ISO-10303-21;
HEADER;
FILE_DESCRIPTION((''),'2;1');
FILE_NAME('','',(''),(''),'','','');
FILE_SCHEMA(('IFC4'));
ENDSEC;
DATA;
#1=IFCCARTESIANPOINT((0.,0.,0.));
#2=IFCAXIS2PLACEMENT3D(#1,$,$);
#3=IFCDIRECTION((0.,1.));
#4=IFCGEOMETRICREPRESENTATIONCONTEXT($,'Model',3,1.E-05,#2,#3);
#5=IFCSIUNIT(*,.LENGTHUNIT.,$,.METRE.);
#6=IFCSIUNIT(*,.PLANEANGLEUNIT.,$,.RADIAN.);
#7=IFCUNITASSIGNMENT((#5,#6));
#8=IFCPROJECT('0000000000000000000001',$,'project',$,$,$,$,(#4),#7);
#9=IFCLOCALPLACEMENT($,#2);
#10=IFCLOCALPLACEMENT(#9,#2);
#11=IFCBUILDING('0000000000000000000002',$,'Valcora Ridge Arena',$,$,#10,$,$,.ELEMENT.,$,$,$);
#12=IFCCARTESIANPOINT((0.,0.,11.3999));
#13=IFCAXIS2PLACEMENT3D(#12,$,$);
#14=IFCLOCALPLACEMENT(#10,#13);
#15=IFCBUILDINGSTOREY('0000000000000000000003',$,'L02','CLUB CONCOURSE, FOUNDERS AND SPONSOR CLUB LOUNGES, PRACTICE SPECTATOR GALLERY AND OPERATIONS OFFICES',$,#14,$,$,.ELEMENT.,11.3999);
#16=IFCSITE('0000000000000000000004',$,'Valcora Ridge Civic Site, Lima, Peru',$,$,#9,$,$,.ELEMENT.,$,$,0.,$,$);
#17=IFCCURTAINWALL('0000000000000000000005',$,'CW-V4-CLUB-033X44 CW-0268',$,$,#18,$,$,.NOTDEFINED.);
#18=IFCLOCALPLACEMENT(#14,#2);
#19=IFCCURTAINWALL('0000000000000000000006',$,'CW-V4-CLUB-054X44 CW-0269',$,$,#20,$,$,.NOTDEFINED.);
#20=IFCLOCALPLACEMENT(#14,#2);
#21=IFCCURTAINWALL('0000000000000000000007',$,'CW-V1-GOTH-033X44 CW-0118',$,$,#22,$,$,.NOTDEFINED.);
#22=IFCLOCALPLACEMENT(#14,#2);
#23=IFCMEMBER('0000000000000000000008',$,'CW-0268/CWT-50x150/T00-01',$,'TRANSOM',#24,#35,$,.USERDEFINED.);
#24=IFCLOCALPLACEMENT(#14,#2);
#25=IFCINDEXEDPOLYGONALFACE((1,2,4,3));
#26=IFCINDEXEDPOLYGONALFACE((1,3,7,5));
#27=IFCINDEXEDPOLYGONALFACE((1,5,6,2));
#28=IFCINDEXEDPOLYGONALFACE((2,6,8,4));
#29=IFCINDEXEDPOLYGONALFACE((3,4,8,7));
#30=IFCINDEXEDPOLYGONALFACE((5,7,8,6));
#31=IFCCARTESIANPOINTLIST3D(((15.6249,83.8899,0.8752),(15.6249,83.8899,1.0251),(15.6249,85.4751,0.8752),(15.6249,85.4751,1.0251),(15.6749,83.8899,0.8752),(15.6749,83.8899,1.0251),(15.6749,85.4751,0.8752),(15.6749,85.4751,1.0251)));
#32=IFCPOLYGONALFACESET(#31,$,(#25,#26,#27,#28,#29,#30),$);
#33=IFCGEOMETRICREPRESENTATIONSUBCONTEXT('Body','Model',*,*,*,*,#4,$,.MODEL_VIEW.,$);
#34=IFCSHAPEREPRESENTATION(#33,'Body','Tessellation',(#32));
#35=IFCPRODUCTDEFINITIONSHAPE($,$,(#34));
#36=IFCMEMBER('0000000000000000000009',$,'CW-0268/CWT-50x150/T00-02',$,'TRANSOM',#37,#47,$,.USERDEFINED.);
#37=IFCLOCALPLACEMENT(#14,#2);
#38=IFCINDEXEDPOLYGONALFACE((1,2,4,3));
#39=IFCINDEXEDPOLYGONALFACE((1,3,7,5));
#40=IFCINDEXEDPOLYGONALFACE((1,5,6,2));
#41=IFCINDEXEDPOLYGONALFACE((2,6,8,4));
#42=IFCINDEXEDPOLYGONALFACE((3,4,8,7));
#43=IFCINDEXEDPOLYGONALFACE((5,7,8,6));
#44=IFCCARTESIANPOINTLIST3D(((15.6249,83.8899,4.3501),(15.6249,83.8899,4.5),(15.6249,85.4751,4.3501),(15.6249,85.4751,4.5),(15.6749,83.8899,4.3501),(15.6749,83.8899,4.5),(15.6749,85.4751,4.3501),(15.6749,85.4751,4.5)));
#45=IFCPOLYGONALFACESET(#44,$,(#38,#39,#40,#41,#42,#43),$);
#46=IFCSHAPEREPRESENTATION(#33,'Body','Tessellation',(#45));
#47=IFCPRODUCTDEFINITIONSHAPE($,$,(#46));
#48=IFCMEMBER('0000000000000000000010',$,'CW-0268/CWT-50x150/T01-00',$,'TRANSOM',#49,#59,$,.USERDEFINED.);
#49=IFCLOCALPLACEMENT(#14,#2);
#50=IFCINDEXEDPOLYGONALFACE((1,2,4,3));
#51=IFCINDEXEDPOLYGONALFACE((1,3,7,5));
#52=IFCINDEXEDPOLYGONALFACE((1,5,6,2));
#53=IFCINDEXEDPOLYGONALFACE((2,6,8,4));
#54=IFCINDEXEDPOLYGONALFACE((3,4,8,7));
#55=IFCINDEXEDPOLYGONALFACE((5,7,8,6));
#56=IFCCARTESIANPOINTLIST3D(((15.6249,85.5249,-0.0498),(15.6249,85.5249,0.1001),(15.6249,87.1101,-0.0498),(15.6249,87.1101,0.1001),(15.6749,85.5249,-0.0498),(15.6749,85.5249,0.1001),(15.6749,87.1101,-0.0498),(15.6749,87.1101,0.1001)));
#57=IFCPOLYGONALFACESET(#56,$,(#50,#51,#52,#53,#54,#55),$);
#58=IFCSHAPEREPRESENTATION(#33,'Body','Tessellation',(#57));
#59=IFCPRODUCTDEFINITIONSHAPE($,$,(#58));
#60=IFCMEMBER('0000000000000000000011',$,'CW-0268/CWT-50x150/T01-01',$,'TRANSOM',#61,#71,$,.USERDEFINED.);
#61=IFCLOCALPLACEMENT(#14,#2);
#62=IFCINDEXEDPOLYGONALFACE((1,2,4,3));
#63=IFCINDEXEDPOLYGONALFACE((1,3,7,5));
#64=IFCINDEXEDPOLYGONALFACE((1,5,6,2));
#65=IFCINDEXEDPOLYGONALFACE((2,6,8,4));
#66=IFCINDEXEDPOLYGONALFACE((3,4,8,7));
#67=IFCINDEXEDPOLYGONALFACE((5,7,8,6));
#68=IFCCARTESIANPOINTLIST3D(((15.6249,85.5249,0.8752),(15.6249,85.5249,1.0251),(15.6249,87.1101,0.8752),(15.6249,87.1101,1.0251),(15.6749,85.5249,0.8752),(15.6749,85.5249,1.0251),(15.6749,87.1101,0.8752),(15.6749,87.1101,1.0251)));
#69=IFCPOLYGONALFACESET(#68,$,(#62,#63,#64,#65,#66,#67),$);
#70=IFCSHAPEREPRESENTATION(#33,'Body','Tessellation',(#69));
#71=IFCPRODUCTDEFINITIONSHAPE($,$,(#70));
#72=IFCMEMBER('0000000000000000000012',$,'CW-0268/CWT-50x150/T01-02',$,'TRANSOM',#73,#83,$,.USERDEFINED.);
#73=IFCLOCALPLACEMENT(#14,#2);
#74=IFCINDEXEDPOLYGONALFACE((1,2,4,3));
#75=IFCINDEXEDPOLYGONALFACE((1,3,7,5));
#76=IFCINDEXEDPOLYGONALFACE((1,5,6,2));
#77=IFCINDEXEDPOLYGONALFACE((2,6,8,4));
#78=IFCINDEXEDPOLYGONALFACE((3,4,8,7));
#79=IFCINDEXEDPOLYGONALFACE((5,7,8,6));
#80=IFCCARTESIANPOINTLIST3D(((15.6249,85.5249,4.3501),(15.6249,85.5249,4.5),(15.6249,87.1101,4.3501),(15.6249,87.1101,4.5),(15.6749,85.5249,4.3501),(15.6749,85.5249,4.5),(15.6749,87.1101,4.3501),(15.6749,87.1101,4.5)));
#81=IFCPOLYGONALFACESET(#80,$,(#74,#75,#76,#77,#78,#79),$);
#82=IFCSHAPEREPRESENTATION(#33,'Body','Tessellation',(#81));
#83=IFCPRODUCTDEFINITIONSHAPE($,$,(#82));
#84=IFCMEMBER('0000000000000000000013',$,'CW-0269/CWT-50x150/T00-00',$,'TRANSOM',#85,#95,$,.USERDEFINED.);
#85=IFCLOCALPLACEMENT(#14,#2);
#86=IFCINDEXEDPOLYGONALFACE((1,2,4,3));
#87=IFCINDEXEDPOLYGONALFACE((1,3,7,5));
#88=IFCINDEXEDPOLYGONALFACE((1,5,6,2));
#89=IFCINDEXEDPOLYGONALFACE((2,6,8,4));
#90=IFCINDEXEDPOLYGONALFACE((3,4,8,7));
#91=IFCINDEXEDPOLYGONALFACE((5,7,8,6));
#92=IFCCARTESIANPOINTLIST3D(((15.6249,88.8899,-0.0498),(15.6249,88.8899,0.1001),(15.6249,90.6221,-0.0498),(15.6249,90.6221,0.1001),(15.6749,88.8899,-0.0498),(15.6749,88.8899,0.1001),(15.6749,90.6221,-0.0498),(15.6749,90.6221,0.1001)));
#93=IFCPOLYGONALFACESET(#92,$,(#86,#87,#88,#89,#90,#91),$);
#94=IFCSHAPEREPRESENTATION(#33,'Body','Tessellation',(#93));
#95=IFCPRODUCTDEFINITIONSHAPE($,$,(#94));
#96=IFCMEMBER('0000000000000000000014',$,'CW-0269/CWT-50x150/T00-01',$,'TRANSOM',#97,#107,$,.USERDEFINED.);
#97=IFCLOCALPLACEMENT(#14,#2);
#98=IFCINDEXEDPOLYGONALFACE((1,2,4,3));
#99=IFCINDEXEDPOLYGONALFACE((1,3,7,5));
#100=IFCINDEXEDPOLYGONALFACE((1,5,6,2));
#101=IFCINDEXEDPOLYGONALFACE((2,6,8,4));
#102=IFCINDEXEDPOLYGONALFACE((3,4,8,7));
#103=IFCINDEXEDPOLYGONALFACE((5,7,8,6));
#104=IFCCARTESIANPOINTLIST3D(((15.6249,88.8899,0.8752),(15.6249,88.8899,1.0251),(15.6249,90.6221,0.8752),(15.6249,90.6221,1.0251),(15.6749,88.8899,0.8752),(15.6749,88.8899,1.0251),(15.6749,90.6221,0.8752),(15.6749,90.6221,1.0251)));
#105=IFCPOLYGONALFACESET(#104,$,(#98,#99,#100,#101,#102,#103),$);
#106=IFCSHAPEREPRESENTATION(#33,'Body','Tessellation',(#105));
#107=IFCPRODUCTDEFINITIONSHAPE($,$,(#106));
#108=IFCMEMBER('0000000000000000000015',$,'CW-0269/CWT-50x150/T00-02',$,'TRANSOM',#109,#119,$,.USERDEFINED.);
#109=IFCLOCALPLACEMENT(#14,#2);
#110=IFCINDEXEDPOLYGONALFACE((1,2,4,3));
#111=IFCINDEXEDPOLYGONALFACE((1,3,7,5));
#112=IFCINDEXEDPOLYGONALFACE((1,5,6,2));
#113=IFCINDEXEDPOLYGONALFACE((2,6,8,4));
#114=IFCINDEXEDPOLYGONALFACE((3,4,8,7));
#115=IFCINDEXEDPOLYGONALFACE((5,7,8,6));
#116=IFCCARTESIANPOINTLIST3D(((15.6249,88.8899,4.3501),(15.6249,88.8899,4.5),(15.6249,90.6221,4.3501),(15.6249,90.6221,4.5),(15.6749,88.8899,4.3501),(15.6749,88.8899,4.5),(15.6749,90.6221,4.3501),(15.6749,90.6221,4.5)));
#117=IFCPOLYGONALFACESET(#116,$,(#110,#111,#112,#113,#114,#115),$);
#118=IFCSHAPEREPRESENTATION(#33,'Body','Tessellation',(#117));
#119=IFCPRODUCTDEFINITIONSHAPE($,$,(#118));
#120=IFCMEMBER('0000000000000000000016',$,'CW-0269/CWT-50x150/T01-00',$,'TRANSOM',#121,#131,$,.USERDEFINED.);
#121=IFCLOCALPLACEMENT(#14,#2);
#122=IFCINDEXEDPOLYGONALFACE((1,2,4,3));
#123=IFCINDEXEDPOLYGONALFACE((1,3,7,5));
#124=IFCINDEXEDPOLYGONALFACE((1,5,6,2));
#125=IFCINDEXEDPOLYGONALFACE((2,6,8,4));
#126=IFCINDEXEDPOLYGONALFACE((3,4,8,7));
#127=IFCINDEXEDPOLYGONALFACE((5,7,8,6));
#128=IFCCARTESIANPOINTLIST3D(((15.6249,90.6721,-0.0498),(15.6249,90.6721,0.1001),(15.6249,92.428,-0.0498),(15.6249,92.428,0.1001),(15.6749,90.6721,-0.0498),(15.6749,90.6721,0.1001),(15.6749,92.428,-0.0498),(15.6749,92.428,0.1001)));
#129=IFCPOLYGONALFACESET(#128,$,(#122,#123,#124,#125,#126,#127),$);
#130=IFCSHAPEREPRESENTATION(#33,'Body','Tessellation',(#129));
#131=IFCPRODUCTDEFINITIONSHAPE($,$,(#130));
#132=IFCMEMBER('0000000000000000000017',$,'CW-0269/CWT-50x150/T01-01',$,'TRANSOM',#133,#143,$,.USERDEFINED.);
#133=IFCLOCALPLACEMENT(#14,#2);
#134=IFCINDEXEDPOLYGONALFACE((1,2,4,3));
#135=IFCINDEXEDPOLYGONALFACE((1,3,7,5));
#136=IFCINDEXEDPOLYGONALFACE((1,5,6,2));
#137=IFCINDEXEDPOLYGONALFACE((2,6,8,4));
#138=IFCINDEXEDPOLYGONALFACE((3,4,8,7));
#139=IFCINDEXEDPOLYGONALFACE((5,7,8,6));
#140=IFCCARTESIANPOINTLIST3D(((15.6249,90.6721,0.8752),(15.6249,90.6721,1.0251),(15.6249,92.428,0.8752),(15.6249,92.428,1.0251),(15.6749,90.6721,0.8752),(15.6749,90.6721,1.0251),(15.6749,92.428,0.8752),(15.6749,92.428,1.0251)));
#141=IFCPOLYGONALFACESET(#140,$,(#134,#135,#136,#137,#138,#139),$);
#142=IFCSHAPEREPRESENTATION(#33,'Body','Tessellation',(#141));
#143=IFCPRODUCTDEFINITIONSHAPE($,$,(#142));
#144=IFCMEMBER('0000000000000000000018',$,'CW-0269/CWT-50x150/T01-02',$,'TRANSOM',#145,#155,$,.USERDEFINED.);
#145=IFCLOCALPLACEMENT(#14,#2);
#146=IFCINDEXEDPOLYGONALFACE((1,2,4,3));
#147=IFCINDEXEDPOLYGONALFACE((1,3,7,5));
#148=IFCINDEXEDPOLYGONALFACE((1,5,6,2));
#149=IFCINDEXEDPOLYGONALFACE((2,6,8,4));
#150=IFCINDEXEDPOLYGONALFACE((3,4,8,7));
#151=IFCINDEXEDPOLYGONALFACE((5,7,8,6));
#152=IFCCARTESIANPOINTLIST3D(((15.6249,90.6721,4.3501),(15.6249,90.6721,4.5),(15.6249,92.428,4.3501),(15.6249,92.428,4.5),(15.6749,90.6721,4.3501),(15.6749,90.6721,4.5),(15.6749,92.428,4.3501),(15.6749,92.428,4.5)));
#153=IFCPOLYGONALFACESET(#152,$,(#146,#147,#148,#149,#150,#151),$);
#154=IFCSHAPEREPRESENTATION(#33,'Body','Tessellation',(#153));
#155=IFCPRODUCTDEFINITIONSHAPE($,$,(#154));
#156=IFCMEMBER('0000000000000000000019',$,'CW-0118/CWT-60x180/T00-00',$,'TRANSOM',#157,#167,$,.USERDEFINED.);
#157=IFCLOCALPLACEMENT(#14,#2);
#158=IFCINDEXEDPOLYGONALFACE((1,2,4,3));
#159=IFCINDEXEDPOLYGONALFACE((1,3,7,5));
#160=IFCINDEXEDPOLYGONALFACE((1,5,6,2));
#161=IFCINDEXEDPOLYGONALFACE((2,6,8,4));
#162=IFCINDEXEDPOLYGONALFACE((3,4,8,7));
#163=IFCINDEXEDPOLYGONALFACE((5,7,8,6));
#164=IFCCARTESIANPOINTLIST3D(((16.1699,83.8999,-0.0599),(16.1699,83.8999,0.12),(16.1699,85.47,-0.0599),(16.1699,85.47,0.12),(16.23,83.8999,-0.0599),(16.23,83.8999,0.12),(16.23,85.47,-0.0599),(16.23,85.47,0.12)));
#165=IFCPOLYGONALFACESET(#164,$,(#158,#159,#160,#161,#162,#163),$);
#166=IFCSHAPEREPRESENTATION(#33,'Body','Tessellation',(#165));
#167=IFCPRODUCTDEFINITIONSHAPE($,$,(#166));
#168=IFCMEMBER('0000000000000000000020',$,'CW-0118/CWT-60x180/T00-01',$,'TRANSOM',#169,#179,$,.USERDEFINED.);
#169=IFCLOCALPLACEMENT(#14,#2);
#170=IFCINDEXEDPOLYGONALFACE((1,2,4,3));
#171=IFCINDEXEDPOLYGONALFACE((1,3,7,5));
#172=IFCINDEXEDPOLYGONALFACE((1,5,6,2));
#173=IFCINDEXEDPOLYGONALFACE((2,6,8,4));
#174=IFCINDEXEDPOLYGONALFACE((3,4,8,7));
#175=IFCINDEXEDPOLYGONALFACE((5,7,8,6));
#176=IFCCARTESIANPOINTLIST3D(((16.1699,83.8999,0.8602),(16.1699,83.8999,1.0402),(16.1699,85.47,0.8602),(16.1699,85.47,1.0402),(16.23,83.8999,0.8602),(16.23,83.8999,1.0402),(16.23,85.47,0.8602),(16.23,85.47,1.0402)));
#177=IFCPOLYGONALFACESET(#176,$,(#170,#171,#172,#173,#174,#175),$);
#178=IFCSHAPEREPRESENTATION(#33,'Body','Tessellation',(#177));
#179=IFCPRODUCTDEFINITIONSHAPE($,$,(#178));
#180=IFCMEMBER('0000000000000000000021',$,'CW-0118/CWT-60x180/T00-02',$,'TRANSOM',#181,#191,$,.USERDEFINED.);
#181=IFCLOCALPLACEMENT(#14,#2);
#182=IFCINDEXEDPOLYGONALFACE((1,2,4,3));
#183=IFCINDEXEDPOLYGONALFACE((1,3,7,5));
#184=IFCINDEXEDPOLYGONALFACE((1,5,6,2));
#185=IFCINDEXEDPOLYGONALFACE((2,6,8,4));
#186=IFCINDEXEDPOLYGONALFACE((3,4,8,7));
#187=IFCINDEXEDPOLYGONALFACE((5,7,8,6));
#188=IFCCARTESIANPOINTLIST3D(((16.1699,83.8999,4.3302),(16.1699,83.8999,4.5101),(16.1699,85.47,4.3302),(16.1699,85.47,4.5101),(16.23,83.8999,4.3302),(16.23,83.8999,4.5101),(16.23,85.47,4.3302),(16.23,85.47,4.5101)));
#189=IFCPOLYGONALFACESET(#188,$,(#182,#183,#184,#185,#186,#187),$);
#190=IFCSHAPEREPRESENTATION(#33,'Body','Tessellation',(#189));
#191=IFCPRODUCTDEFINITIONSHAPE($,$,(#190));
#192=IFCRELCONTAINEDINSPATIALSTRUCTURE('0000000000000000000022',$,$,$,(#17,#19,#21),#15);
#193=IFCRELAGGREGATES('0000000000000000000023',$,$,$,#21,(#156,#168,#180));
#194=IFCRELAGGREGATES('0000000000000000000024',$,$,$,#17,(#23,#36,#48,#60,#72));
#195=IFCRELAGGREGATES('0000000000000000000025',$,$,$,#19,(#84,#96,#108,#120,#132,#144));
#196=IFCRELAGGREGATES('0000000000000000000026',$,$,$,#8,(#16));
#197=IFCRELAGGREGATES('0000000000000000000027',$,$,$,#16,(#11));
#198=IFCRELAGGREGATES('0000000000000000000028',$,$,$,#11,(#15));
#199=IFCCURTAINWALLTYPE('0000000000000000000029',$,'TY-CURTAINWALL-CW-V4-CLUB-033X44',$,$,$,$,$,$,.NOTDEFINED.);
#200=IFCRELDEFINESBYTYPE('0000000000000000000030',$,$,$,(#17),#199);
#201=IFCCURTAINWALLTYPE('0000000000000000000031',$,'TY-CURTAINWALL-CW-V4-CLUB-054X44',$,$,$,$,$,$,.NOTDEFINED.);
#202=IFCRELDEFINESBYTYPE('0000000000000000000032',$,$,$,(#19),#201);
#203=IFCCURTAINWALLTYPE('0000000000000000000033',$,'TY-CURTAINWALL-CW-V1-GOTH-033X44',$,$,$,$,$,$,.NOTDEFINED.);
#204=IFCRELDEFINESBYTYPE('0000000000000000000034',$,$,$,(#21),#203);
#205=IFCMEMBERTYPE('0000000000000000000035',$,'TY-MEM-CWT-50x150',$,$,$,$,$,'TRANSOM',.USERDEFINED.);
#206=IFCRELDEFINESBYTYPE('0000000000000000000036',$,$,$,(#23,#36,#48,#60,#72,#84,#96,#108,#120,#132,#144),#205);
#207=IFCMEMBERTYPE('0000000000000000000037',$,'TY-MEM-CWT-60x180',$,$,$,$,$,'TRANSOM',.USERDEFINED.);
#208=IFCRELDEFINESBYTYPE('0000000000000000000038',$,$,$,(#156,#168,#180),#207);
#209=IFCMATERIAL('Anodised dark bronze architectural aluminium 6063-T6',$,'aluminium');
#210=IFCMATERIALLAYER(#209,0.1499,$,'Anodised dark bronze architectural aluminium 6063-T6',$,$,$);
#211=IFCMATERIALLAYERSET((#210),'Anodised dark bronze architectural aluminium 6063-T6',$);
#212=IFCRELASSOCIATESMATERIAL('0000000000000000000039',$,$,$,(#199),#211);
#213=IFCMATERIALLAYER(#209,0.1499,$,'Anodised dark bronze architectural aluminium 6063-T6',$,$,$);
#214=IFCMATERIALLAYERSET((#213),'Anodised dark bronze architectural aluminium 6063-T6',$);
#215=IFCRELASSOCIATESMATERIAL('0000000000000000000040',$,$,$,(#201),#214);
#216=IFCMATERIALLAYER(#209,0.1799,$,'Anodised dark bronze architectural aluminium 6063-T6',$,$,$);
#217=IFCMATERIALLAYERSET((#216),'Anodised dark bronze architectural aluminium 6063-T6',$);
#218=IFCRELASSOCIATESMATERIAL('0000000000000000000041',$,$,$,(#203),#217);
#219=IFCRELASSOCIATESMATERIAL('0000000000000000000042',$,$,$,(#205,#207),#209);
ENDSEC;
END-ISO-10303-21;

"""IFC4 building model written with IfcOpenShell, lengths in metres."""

from ifc_helpers import new_model, si_unit, direction, frame, origin, origin_2d, place, context, subcontext, project, spatial, rectangle, extrude, material, layer, layer_set, material_profile, profile_set, type_object, element, aggregate, save


model = new_model("IFC4")

# Units and contexts
model_context = context("Model", 3, precision=1e-05, world=origin(), true_north=direction((0.0, 1.0)))
body_context = subcontext(model_context, "Body", "Model", "MODEL_VIEW")
ifc_project = project(units=[si_unit("LENGTHUNIT", "METRE"), si_unit("PLANEANGLEUNIT", "RADIAN")], contexts=[model_context])

# Site, building, storey
site_placement = place(None, origin())
site = spatial("IfcSite", under=ifc_project, at=site_placement, Name="Valcora Ridge Civic Site, Lima, Peru", CompositionType="ELEMENT", RefElevation=0.0)
building_placement = place(site_placement, origin())
building = spatial("IfcBuilding", under=site, at=building_placement, Name="Valcora Ridge Arena", CompositionType="ELEMENT")
storey_placement = place(building_placement, frame((0.0, 0.0, 11.3999)))
storey = spatial("IfcBuildingStorey", under=building, at=storey_placement, Name="L02", Description="CLUB CONCOURSE, FOUNDERS AND SPONSOR CLUB LOUNGES, PRACTICE SPECTATOR GALLERY AND OPERATIONS OFFICES", CompositionType="ELEMENT", Elevation=11.3999)

# Shared definitions
ifc_material_1 = material(Name="Anodised dark bronze architectural aluminium 6063-T6", Category="aluminium")

# Curtain walls
ifc_layer_1 = layer(ifc_material_1, 0.1499, Name="Anodised dark bronze architectural aluminium 6063-T6")
ifc_layer_set_1 = layer_set([ifc_layer_1], Name="Anodised dark bronze architectural aluminium 6063-T6")
curtain_wall_type_1 = type_object("IfcCurtainWallType", Name="TY-CURTAINWALL-CW-V4-CLUB-033X44", PredefinedType="NOTDEFINED", material=ifc_layer_set_1)
curtain_wall_1_placement = place(storey_placement, origin())
curtain_wall_1 = element("IfcCurtainWall", 1, at=curtain_wall_1_placement, inside=storey, type_object=curtain_wall_type_1, Name="CW-V4-CLUB-033X44 CW-0268", PredefinedType="NOTDEFINED")
ifc_layer_2 = layer(ifc_material_1, 0.1499, Name="Anodised dark bronze architectural aluminium 6063-T6")
ifc_layer_set_2 = layer_set([ifc_layer_2], Name="Anodised dark bronze architectural aluminium 6063-T6")
curtain_wall_type_2 = type_object("IfcCurtainWallType", Name="TY-CURTAINWALL-CW-V4-CLUB-054X44", PredefinedType="NOTDEFINED", material=ifc_layer_set_2)
curtain_wall_2_placement = place(storey_placement, origin())
curtain_wall_2 = element("IfcCurtainWall", 2, at=curtain_wall_2_placement, inside=storey, type_object=curtain_wall_type_2, Name="CW-V4-CLUB-054X44 CW-0269", PredefinedType="NOTDEFINED")

# Curtain wall
ifc_layer_3 = layer(ifc_material_1, 0.1799, Name="Anodised dark bronze architectural aluminium 6063-T6")
ifc_layer_set_3 = layer_set([ifc_layer_3], Name="Anodised dark bronze architectural aluminium 6063-T6")
curtain_wall_type_3 = type_object("IfcCurtainWallType", Name="TY-CURTAINWALL-CW-V1-GOTH-033X44", PredefinedType="NOTDEFINED", material=ifc_layer_set_3)
curtain_wall_3_placement = place(storey_placement, origin())
curtain_wall_3 = element("IfcCurtainWall", 3, at=curtain_wall_3_placement, inside=storey, type_object=curtain_wall_type_3, Name="CW-V1-GOTH-033X44 CW-0118", PredefinedType="NOTDEFINED")

# Members
ifc_material_profile_1 = material_profile(ifc_material_1, rectangle(XDim=0.05, YDim=0.1499, at=origin_2d()), Name="ALU TRANSOM 50x150")
ifc_profile_set_1 = profile_set([ifc_material_profile_1], Name="Anodised dark bronze architectural aluminium 6063-T6")
member_type_1 = type_object("IfcMemberType", Name="TY-MEM-CWT-50x150", ElementType="TRANSOM", PredefinedType="USERDEFINED", material=ifc_profile_set_1)
member_1_placement = place(storey_placement, frame((15.6499, 83.8899, 0.9502), z_axis=(0.0, 1.0, 0.0), x_axis=(-1.0, 0.0, 0.0)))
member_1 = element("IfcMember", 4, at=member_1_placement, type_object=member_type_1, Name="CW-0268/CWT-50x150/T00-01", ObjectType="TRANSOM", PredefinedType="USERDEFINED", context=body_context, shape_type="SweptSolid", body=[
    extrude(rectangle(XDim=0.05, YDim=0.1499, at=origin_2d()), origin(), (0.0, 0.0, 1.0), 1.5852),
])
member_2_placement = place(storey_placement, frame((15.6499, 83.8899, 4.425), z_axis=(0.0, 1.0, 0.0), x_axis=(-1.0, 0.0, 0.0)))
member_2 = element("IfcMember", 5, at=member_2_placement, type_object=member_type_1, Name="CW-0268/CWT-50x150/T00-02", ObjectType="TRANSOM", PredefinedType="USERDEFINED", context=body_context, shape_type="SweptSolid", body=[
    extrude(rectangle(XDim=0.05, YDim=0.1499, at=origin_2d()), origin(), (0.0, 0.0, 1.0), 1.5852),
])
member_3_placement = place(storey_placement, frame((15.6499, 85.5249, 0.0251), z_axis=(0.0, 1.0, 0.0), x_axis=(-1.0, 0.0, 0.0)))
member_3 = element("IfcMember", 6, at=member_3_placement, type_object=member_type_1, Name="CW-0268/CWT-50x150/T01-00", ObjectType="TRANSOM", PredefinedType="USERDEFINED", context=body_context, shape_type="SweptSolid", body=[
    extrude(rectangle(XDim=0.05, YDim=0.1499, at=origin_2d()), origin(), (0.0, 0.0, 1.0), 1.5852),
])
member_4_placement = place(storey_placement, frame((15.6499, 85.5249, 0.9502), z_axis=(0.0, 1.0, 0.0), x_axis=(-1.0, 0.0, 0.0)))
member_4 = element("IfcMember", 7, at=member_4_placement, type_object=member_type_1, Name="CW-0268/CWT-50x150/T01-01", ObjectType="TRANSOM", PredefinedType="USERDEFINED", context=body_context, shape_type="SweptSolid", body=[
    extrude(rectangle(XDim=0.05, YDim=0.1499, at=origin_2d()), origin(), (0.0, 0.0, 1.0), 1.5852),
])
member_5_placement = place(storey_placement, frame((15.6499, 85.5249, 4.425), z_axis=(0.0, 1.0, 0.0), x_axis=(-1.0, 0.0, 0.0)))
member_5 = element("IfcMember", 8, at=member_5_placement, type_object=member_type_1, Name="CW-0268/CWT-50x150/T01-02", ObjectType="TRANSOM", PredefinedType="USERDEFINED", context=body_context, shape_type="SweptSolid", body=[
    extrude(rectangle(XDim=0.05, YDim=0.1499, at=origin_2d()), origin(), (0.0, 0.0, 1.0), 1.5852),
])
member_6_placement = place(storey_placement, frame((15.6499, 88.8899, 0.0251), z_axis=(0.0, 1.0, 0.0), x_axis=(-1.0, 0.0, 0.0)))
member_6 = element("IfcMember", 9, at=member_6_placement, type_object=member_type_1, Name="CW-0269/CWT-50x150/T00-00", ObjectType="TRANSOM", PredefinedType="USERDEFINED", context=body_context, shape_type="SweptSolid", body=[
    extrude(rectangle(XDim=0.05, YDim=0.1499, at=origin_2d()), origin(), (0.0, 0.0, 1.0), 1.7322),
])
member_7_placement = place(storey_placement, frame((15.6499, 88.8899, 0.9502), z_axis=(0.0, 1.0, 0.0), x_axis=(-1.0, 0.0, 0.0)))
member_7 = element("IfcMember", 10, at=member_7_placement, type_object=member_type_1, Name="CW-0269/CWT-50x150/T00-01", ObjectType="TRANSOM", PredefinedType="USERDEFINED", context=body_context, shape_type="SweptSolid", body=[
    extrude(rectangle(XDim=0.05, YDim=0.1499, at=origin_2d()), origin(), (0.0, 0.0, 1.0), 1.7322),
])
member_8_placement = place(storey_placement, frame((15.6499, 88.8899, 4.425), z_axis=(0.0, 1.0, 0.0), x_axis=(-1.0, 0.0, 0.0)))
member_8 = element("IfcMember", 11, at=member_8_placement, type_object=member_type_1, Name="CW-0269/CWT-50x150/T00-02", ObjectType="TRANSOM", PredefinedType="USERDEFINED", context=body_context, shape_type="SweptSolid", body=[
    extrude(rectangle(XDim=0.05, YDim=0.1499, at=origin_2d()), origin(), (0.0, 0.0, 1.0), 1.7322),
])
member_9_placement = place(storey_placement, frame((15.6499, 90.6721, 0.0251), z_axis=(0.0, 1.0, 0.0), x_axis=(-1.0, 0.0, 0.0)))
member_9 = element("IfcMember", 12, at=member_9_placement, type_object=member_type_1, Name="CW-0269/CWT-50x150/T01-00", ObjectType="TRANSOM", PredefinedType="USERDEFINED", context=body_context, shape_type="SweptSolid", body=[
    extrude(rectangle(XDim=0.05, YDim=0.1499, at=origin_2d()), origin(), (0.0, 0.0, 1.0), 1.7559),
])
member_10_placement = place(storey_placement, frame((15.6499, 90.6721, 0.9502), z_axis=(0.0, 1.0, 0.0), x_axis=(-1.0, 0.0, 0.0)))
member_10 = element("IfcMember", 13, at=member_10_placement, type_object=member_type_1, Name="CW-0269/CWT-50x150/T01-01", ObjectType="TRANSOM", PredefinedType="USERDEFINED", context=body_context, shape_type="SweptSolid", body=[
    extrude(rectangle(XDim=0.05, YDim=0.1499, at=origin_2d()), origin(), (0.0, 0.0, 1.0), 1.7559),
])
member_11_placement = place(storey_placement, frame((15.6499, 90.6721, 4.425), z_axis=(0.0, 1.0, 0.0), x_axis=(-1.0, 0.0, 0.0)))
member_11 = element("IfcMember", 14, at=member_11_placement, type_object=member_type_1, Name="CW-0269/CWT-50x150/T01-02", ObjectType="TRANSOM", PredefinedType="USERDEFINED", context=body_context, shape_type="SweptSolid", body=[
    extrude(rectangle(XDim=0.05, YDim=0.1499, at=origin_2d()), origin(), (0.0, 0.0, 1.0), 1.7559),
])
ifc_material_profile_2 = material_profile(ifc_material_1, rectangle(XDim=0.0601, YDim=0.1799, at=origin_2d()), Name="ALU TRANSOM 60x180")
ifc_profile_set_2 = profile_set([ifc_material_profile_2], Name="Anodised dark bronze architectural aluminium 6063-T6")
member_type_2 = type_object("IfcMemberType", Name="TY-MEM-CWT-60x180", ElementType="TRANSOM", PredefinedType="USERDEFINED", material=ifc_profile_set_2)
member_12_placement = place(storey_placement, frame((16.2, 83.8999, 0.03), z_axis=(0.0, 1.0, 0.0), x_axis=(-1.0, 0.0, 0.0)))
member_12 = element("IfcMember", 15, at=member_12_placement, type_object=member_type_2, Name="CW-0118/CWT-60x180/T00-00", ObjectType="TRANSOM", PredefinedType="USERDEFINED", context=body_context, shape_type="SweptSolid", body=[
    extrude(rectangle(XDim=0.0601, YDim=0.1799, at=origin_2d()), origin(), (0.0, 0.0, 1.0), 1.5701),
])
member_13_placement = place(storey_placement, frame((16.2, 83.8999, 0.9502), z_axis=(0.0, 1.0, 0.0), x_axis=(-1.0, 0.0, 0.0)))
member_13 = element("IfcMember", 16, at=member_13_placement, type_object=member_type_2, Name="CW-0118/CWT-60x180/T00-01", ObjectType="TRANSOM", PredefinedType="USERDEFINED", context=body_context, shape_type="SweptSolid", body=[
    extrude(rectangle(XDim=0.0601, YDim=0.1799, at=origin_2d()), origin(), (0.0, 0.0, 1.0), 1.5701),
])
member_14_placement = place(storey_placement, frame((16.2, 83.8999, 4.4202), z_axis=(0.0, 1.0, 0.0), x_axis=(-1.0, 0.0, 0.0)))
member_14 = element("IfcMember", 17, at=member_14_placement, type_object=member_type_2, Name="CW-0118/CWT-60x180/T00-02", ObjectType="TRANSOM", PredefinedType="USERDEFINED", context=body_context, shape_type="SweptSolid", body=[
    extrude(rectangle(XDim=0.0601, YDim=0.1799, at=origin_2d()), origin(), (0.0, 0.0, 1.0), 1.5701),
])
aggregate(curtain_wall_3, [member_12, member_13, member_14])

aggregate(curtain_wall_1, [member_1, member_2, member_3, member_4, member_5])
aggregate(curtain_wall_2, [member_6, member_7, member_8, member_9, member_10, member_11])

save(model, "model.ifc")
